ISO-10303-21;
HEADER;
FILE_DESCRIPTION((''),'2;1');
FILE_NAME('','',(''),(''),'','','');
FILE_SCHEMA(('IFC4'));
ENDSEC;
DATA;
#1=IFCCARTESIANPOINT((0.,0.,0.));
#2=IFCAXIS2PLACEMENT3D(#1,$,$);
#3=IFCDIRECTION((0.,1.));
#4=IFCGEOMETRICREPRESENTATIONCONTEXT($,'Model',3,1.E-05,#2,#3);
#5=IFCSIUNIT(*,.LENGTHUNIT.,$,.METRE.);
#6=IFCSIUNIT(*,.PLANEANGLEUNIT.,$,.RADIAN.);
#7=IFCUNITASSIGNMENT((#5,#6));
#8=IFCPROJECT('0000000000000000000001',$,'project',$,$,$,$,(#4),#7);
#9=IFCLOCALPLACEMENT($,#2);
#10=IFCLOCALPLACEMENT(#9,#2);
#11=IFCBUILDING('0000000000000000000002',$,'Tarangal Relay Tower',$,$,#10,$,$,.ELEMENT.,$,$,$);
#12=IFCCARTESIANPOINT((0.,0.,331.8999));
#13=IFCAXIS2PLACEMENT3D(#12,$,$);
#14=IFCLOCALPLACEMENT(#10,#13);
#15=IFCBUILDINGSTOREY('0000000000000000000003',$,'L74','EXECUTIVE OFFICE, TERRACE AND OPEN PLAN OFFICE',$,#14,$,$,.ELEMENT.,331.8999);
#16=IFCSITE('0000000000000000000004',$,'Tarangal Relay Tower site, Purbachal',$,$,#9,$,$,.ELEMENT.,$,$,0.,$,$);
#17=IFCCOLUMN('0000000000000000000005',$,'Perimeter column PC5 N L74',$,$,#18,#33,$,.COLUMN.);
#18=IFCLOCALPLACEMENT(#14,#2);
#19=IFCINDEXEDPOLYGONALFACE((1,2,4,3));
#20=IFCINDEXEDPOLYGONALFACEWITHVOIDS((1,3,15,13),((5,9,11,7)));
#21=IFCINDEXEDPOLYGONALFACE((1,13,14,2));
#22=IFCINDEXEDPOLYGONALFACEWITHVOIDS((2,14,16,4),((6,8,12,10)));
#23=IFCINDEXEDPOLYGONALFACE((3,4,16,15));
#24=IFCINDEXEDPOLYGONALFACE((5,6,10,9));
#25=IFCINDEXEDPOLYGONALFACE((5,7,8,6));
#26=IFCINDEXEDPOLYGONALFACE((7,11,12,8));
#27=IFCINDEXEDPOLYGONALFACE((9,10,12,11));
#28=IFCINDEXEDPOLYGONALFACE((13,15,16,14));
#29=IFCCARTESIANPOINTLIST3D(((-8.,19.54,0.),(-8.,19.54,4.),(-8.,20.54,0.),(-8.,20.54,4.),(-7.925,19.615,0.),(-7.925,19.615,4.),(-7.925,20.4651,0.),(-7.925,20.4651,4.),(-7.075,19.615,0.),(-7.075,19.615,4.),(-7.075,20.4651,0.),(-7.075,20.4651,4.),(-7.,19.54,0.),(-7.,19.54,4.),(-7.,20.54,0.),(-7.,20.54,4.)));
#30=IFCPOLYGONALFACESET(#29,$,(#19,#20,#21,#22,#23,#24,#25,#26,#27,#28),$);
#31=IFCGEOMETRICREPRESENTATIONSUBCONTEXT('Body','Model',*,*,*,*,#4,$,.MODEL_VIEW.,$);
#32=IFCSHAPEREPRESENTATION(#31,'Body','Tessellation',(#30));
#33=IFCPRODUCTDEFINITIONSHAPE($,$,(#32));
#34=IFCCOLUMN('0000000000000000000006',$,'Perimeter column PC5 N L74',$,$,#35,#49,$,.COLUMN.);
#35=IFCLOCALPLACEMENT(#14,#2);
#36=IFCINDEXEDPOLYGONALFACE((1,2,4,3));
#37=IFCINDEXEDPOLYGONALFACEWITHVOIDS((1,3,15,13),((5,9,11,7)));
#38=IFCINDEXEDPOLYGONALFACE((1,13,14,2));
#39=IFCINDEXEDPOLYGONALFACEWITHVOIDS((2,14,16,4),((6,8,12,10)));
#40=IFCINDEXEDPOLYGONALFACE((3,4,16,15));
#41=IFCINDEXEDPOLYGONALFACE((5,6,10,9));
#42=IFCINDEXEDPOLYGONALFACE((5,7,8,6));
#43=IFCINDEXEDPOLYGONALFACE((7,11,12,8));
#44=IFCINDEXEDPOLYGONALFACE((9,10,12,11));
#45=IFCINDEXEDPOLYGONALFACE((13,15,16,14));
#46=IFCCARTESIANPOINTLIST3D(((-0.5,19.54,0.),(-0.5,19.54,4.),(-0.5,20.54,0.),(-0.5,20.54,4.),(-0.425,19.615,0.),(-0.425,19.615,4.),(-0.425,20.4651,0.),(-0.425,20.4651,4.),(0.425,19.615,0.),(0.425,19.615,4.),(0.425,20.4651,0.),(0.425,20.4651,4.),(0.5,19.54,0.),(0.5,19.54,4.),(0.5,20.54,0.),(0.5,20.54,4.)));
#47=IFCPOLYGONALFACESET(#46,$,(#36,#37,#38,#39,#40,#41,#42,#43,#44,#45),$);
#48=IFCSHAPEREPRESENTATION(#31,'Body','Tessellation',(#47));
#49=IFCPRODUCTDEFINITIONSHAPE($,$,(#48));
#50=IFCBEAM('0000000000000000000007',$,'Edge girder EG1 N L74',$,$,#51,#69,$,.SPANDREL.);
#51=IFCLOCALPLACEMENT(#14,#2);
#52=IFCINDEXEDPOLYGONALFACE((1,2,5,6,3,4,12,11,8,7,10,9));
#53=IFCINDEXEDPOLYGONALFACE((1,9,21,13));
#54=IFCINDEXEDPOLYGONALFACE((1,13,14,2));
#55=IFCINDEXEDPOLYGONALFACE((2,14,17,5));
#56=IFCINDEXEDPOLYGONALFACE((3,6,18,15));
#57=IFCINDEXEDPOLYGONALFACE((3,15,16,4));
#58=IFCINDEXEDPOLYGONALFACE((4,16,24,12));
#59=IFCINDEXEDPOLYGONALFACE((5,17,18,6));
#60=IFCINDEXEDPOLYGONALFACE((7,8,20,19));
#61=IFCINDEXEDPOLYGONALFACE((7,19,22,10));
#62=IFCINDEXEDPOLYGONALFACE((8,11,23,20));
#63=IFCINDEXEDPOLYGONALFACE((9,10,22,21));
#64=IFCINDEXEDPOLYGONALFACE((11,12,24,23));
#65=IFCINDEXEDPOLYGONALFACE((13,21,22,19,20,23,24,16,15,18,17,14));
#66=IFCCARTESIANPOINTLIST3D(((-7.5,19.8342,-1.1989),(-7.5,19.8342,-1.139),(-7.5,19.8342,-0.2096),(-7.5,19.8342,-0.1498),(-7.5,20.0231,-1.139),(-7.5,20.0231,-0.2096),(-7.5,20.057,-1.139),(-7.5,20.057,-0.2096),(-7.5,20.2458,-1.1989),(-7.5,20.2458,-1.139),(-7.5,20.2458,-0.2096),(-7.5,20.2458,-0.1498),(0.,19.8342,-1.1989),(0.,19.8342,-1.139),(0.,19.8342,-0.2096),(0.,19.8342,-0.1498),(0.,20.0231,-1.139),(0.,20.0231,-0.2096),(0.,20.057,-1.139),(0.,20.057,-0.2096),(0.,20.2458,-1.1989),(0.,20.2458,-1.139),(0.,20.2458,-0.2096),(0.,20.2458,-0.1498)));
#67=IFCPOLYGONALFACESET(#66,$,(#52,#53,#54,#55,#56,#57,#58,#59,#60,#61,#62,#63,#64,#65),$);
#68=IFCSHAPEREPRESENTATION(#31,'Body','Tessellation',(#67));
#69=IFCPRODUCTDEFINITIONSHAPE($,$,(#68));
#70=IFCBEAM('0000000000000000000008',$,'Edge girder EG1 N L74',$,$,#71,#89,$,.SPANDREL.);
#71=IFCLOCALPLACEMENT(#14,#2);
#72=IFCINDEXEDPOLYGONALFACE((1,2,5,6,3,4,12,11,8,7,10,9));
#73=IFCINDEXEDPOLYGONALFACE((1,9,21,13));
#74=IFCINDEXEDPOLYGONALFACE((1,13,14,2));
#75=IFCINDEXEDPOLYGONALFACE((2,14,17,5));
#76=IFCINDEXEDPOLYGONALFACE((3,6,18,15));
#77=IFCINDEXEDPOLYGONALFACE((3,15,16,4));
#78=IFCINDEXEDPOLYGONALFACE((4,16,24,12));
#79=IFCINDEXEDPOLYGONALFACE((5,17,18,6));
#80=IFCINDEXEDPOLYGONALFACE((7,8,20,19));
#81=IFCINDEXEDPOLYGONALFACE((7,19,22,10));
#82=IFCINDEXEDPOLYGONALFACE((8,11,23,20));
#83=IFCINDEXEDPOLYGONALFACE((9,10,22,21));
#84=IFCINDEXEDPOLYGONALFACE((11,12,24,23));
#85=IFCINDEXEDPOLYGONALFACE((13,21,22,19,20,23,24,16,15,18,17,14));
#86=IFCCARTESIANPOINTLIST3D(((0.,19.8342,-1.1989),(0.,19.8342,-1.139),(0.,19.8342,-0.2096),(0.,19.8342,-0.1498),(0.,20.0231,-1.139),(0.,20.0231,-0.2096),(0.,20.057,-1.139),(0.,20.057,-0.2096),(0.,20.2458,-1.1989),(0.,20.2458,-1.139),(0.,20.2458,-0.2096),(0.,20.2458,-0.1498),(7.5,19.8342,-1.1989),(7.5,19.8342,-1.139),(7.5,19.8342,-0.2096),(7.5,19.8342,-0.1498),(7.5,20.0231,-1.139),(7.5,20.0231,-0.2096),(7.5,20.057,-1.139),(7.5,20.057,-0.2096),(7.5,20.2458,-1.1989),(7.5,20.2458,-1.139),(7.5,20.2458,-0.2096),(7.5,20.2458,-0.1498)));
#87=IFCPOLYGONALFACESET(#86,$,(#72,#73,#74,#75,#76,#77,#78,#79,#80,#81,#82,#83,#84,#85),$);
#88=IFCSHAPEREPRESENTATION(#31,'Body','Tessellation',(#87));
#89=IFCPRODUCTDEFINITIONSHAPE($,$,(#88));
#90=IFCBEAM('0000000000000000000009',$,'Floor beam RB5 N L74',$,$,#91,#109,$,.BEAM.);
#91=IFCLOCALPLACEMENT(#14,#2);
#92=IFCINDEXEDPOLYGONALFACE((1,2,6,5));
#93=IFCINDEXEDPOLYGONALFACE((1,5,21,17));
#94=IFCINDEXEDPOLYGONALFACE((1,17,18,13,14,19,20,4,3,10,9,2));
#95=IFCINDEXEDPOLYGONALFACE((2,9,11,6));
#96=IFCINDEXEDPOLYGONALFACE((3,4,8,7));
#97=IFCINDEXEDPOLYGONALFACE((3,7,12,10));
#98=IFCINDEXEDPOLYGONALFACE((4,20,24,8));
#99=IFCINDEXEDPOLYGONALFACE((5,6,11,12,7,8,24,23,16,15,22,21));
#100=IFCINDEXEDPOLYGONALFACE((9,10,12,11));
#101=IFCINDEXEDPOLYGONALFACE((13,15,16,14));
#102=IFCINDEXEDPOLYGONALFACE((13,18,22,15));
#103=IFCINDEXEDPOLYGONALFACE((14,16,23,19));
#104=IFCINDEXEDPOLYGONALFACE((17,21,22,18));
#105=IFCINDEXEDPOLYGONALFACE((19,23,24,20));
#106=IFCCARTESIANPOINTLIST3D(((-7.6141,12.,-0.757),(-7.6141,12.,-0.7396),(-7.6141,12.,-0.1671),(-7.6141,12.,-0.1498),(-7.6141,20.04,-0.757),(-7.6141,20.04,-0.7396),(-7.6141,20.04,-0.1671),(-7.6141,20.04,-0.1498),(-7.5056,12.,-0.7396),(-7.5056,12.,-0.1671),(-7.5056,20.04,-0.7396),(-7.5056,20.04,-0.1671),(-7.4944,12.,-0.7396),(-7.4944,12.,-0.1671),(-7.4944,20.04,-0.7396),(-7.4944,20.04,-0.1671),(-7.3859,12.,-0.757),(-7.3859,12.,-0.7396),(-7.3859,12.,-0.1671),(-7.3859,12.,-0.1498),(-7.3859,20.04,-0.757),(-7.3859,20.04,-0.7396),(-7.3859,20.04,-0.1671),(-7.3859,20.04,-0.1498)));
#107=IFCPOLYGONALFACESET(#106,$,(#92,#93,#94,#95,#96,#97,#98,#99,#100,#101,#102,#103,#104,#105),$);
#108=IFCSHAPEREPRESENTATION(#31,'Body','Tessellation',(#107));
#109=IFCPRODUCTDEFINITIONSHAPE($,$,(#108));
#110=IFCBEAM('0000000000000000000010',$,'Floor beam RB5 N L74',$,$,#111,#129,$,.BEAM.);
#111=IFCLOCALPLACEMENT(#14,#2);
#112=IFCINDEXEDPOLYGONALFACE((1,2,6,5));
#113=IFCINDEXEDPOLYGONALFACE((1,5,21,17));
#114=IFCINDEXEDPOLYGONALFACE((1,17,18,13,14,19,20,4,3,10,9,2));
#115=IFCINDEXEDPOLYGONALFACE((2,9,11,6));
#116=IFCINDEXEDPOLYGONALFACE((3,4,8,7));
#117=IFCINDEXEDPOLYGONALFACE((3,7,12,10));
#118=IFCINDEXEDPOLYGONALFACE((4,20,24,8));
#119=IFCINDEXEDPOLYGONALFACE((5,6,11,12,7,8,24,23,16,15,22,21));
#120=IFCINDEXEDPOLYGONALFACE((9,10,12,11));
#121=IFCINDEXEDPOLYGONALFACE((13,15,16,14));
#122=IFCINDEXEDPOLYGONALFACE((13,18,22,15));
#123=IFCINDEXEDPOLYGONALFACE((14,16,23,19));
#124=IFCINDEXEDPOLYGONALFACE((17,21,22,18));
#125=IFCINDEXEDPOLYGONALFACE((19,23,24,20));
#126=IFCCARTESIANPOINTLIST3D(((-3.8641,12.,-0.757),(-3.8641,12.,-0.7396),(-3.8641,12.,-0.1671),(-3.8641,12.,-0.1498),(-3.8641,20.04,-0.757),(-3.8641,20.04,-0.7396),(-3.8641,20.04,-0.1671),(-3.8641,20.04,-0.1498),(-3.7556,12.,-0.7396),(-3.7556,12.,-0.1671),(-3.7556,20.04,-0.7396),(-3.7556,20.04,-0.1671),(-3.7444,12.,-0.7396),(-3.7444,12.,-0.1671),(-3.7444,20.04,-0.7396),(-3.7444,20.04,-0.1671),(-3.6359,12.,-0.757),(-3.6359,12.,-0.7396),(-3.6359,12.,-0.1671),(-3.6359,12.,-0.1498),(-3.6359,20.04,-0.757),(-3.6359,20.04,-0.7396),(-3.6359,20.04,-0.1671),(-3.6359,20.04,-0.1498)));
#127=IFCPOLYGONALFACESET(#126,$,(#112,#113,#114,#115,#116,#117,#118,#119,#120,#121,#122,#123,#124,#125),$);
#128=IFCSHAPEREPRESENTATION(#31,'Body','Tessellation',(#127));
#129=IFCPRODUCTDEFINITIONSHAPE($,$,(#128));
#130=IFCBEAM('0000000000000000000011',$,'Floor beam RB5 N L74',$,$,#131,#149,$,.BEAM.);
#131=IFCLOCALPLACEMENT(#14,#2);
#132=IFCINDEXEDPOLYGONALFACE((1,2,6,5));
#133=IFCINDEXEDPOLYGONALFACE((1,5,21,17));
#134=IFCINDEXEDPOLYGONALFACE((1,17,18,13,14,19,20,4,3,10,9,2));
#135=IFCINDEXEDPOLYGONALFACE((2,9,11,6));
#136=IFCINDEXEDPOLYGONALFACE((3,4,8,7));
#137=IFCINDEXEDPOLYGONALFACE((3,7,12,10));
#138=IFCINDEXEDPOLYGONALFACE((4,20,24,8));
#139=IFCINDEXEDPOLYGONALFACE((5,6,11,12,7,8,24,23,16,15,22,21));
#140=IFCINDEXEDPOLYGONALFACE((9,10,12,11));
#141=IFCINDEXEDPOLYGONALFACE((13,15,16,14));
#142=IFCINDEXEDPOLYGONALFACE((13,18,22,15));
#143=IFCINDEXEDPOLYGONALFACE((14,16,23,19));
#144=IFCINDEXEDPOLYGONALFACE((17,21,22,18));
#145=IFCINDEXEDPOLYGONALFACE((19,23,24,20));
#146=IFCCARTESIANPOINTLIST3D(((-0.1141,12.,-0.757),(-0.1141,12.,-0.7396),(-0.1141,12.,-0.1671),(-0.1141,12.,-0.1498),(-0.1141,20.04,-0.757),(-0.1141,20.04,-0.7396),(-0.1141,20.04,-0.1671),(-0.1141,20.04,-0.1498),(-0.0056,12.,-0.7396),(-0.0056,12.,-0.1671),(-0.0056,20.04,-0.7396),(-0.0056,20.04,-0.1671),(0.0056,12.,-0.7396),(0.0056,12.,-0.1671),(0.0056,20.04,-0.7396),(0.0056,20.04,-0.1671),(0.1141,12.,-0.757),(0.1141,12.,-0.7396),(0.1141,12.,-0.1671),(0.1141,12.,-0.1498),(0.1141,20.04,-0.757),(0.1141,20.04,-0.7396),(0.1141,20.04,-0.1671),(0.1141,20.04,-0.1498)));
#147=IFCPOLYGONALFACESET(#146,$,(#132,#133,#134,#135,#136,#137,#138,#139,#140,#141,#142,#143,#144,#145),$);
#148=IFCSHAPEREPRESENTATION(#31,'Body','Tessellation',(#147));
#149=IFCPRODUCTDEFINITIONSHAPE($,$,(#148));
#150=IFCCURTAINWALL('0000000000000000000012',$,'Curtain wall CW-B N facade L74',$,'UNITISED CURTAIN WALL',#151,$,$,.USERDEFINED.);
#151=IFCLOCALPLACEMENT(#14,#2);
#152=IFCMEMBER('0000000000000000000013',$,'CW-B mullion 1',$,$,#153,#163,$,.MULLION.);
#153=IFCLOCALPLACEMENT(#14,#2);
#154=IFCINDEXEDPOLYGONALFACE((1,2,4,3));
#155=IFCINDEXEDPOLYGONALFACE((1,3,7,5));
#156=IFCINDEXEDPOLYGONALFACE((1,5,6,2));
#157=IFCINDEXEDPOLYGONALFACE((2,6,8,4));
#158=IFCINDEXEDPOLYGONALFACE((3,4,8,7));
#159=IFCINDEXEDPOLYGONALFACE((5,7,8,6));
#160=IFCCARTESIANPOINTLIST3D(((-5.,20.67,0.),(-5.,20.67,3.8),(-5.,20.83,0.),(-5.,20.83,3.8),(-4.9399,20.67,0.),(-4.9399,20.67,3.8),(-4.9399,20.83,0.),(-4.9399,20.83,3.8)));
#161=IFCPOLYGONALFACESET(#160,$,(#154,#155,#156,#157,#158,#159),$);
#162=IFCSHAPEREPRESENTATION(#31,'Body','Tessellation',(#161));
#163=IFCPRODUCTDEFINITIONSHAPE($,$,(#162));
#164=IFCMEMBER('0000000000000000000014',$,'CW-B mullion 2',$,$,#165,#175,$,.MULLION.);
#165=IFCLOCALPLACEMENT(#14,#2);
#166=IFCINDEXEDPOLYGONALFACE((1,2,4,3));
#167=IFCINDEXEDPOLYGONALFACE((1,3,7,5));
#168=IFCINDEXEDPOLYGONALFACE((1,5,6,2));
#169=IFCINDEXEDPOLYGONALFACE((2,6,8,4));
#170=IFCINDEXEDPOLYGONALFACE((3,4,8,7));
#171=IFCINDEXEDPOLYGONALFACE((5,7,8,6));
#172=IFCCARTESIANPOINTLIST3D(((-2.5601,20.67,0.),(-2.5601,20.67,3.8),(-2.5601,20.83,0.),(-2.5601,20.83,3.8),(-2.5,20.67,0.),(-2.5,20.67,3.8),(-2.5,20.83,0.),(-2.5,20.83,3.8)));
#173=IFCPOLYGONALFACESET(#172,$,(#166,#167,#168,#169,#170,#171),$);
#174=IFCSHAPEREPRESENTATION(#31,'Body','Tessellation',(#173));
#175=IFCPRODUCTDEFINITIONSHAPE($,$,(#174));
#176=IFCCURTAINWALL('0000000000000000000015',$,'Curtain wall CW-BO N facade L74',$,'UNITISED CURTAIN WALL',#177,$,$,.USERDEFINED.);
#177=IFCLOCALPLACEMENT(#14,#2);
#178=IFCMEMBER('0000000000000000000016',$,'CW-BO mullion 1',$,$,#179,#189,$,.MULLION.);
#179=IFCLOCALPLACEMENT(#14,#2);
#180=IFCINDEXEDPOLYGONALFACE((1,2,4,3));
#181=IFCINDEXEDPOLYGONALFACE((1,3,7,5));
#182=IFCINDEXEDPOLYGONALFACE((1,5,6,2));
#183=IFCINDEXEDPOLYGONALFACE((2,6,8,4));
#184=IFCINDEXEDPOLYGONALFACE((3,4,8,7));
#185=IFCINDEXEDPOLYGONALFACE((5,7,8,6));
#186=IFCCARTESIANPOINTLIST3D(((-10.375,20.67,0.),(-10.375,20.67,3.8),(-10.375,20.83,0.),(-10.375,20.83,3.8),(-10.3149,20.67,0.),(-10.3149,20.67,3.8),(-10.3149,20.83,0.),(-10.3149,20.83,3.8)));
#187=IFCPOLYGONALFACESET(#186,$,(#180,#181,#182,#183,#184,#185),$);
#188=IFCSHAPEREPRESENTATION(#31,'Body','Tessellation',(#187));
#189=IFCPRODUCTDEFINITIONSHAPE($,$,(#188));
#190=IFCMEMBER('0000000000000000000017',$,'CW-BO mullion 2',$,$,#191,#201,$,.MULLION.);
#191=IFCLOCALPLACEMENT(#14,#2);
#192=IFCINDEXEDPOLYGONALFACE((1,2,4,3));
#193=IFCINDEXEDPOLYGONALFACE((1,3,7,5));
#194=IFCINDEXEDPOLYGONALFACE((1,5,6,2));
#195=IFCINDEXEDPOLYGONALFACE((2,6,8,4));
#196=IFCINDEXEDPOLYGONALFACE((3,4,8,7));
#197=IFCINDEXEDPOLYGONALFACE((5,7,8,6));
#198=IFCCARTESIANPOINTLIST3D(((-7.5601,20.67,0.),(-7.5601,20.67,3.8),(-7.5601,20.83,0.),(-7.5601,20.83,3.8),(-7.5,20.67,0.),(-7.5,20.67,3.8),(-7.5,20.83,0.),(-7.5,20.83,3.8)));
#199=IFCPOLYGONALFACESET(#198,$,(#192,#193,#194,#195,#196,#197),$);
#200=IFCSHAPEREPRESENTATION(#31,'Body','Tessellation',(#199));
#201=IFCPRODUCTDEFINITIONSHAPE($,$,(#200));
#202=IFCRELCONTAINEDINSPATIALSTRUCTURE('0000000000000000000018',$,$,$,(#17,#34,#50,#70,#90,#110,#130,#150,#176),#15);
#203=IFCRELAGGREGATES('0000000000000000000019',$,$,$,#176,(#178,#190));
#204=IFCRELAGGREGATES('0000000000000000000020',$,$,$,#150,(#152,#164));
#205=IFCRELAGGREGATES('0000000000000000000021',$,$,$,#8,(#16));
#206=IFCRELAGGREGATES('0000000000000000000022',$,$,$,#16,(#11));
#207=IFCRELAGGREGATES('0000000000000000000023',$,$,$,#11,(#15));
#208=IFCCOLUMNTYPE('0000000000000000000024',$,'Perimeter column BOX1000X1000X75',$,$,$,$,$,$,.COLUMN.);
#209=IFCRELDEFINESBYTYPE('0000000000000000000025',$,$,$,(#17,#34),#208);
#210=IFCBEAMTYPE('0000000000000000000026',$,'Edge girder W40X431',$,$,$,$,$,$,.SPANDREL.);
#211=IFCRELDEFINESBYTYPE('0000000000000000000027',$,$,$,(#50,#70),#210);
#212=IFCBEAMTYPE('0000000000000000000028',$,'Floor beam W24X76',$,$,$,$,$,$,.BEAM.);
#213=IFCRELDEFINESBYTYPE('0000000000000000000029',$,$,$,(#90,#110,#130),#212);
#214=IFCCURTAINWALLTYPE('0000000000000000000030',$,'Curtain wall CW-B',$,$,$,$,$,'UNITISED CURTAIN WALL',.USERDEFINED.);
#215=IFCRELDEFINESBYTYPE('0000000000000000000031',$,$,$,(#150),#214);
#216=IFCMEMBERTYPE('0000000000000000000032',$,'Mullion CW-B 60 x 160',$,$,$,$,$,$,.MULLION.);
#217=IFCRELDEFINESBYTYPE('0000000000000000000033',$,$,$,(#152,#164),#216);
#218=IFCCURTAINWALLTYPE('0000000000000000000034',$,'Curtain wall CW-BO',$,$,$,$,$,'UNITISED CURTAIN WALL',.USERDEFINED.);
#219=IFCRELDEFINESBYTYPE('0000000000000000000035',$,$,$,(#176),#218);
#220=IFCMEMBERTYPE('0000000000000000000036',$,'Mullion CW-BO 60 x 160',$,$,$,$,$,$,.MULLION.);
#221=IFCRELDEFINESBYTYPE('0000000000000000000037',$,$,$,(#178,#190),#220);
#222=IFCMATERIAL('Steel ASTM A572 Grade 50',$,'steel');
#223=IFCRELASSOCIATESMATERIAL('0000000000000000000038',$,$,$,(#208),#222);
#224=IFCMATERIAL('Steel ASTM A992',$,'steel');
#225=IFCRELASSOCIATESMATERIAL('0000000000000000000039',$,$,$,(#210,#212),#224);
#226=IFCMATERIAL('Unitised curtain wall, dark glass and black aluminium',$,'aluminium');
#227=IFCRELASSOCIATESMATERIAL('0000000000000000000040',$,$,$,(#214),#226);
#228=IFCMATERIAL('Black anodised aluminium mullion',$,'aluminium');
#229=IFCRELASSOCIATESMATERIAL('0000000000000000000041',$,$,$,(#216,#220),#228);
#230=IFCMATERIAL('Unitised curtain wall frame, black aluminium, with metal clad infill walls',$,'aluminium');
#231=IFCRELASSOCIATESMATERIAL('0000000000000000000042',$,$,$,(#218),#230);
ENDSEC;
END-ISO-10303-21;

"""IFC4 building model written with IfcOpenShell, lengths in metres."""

from ifc_helpers import new_model, si_unit, direction, frame, origin, origin_2d, place, context, subcontext, project, spatial, rectangle, hollow_rectangle, i_section, extrude, material, material_profile, profile_set, type_object, element, aggregate, save


model = new_model("IFC4")

# Units and contexts
model_context = context("Model", 3, precision=1e-05, world=origin(), true_north=direction((0.0, 1.0)))
body_context = subcontext(model_context, "Body", "Model", "MODEL_VIEW")
ifc_project = project(units=[si_unit("LENGTHUNIT", "METRE"), si_unit("PLANEANGLEUNIT", "RADIAN")], contexts=[model_context])

# Site, building, storey
site_placement = place(None, origin())
site = spatial("IfcSite", under=ifc_project, at=site_placement, Name="Tarangal Relay Tower site, Purbachal", CompositionType="ELEMENT", RefElevation=0.0)
building_placement = place(site_placement, origin())
building = spatial("IfcBuilding", under=site, at=building_placement, Name="Tarangal Relay Tower", CompositionType="ELEMENT")
storey_placement = place(building_placement, frame((0.0, 0.0, 331.8999)))
storey = spatial("IfcBuildingStorey", under=building, at=storey_placement, Name="L74", Description="EXECUTIVE OFFICE, TERRACE AND OPEN PLAN OFFICE", CompositionType="ELEMENT", Elevation=331.8999)

# Columns
ifc_material_1 = material(Name="Steel ASTM A572 Grade 50", Category="steel")
ifc_material_profile_1 = material_profile(ifc_material_1, hollow_rectangle(XDim=1.0, YDim=1.0, WallThickness=0.075, at=origin_2d()), Name="BOX1000X1000X75")
ifc_profile_set_1 = profile_set([ifc_material_profile_1], Name="Steel ASTM A572 Grade 50")
column_type = type_object("IfcColumnType", Name="Perimeter column BOX1000X1000X75", PredefinedType="COLUMN", material=ifc_profile_set_1)
for number, where, z_axis, x_axis, name in (
    (1, (-7.5, 20.04, 0.0), (0.0, 0.0, 1.0), (1.0, 0.0, 0.0), "Perimeter column PC5 N L74"),
    (2, (0.0, 20.04, 0.0), (0.0, 0.0, 1.0), (1.0, 0.0, 0.0), "Perimeter column PC5 N L74"),
):
    element("IfcColumn", number, at=place(storey_placement, frame(where, z_axis=z_axis, x_axis=x_axis)), inside=storey, type_object=column_type, Name=name, PredefinedType="COLUMN", context=body_context, shape_type="SweptSolid", body=[
        extrude(hollow_rectangle(XDim=1.0, YDim=1.0, WallThickness=0.075, at=origin_2d()), origin(), (0.0, 0.0, 1.0), 4.0),
    ])

# Beams
ifc_material_2 = material(Name="Steel ASTM A992", Category="steel")
ifc_material_profile_2 = material_profile(ifc_material_2, i_section(OverallWidth=0.4116, OverallDepth=1.0491, WebThickness=0.0339, FlangeThickness=0.0598, at=origin_2d()), Name="W40X431")
ifc_profile_set_2 = profile_set([ifc_material_profile_2], Name="Steel ASTM A992")
beam_type_1 = type_object("IfcBeamType", Name="Edge girder W40X431", PredefinedType="SPANDREL", material=ifc_profile_set_2)
for number, where, z_axis, x_axis, name in (
    (3, (-7.5, 20.04, -0.6743), (1.0, 0.0, 0.0), (0.0, 1.0, 0.0), "Edge girder EG1 N L74"),
    (4, (0.0, 20.04, -0.6743), (1.0, 0.0, 0.0), (0.0, 1.0, 0.0), "Edge girder EG1 N L74"),
):
    element("IfcBeam", number, at=place(storey_placement, frame(where, z_axis=z_axis, x_axis=x_axis)), inside=storey, type_object=beam_type_1, Name=name, PredefinedType="SPANDREL", context=body_context, shape_type="SweptSolid", body=[
        extrude(i_section(OverallWidth=0.4116, OverallDepth=1.0491, WebThickness=0.0339, FlangeThickness=0.0598, at=origin_2d()), origin(), (0.0, 0.0, 1.0), 7.5),
    ])
ifc_material_profile_3 = material_profile(ifc_material_2, i_section(OverallWidth=0.2283, OverallDepth=0.6072, WebThickness=0.0112, FlangeThickness=0.0173, at=origin_2d()), Name="W24X76")
ifc_profile_set_3 = profile_set([ifc_material_profile_3], Name="Steel ASTM A992")
beam_type_2 = type_object("IfcBeamType", Name="Floor beam W24X76", PredefinedType="BEAM", material=ifc_profile_set_3)
for number, where, z_axis, x_axis, name in (
    (5, (-7.5, 12.0, -0.4534), (0.0, 1.0, 0.0), (-1.0, 0.0, 0.0), "Floor beam RB5 N L74"),
    (6, (-3.75, 12.0, -0.4534), (0.0, 1.0, 0.0), (-1.0, 0.0, 0.0), "Floor beam RB5 N L74"),
    (7, (0.0, 12.0, -0.4534), (0.0, 1.0, 0.0), (-1.0, 0.0, 0.0), "Floor beam RB5 N L74"),
):
    element("IfcBeam", number, at=place(storey_placement, frame(where, z_axis=z_axis, x_axis=x_axis)), inside=storey, type_object=beam_type_2, Name=name, PredefinedType="BEAM", context=body_context, shape_type="SweptSolid", body=[
        extrude(i_section(OverallWidth=0.2283, OverallDepth=0.6072, WebThickness=0.0112, FlangeThickness=0.0173, at=origin_2d()), origin(), (0.0, 0.0, 1.0), 8.04),
    ])

# Curtain walls, members
ifc_material_3 = material(Name="Unitised curtain wall, dark glass and black aluminium", Category="aluminium")
curtain_wall_type_1 = type_object("IfcCurtainWallType", Name="Curtain wall CW-B", ElementType="UNITISED CURTAIN WALL", PredefinedType="USERDEFINED", material=ifc_material_3)
curtain_wall_1_placement = place(storey_placement, origin())
curtain_wall_1 = element("IfcCurtainWall", 8, at=curtain_wall_1_placement, inside=storey, type_object=curtain_wall_type_1, Name="Curtain wall CW-B N facade L74", ObjectType="UNITISED CURTAIN WALL", PredefinedType="USERDEFINED")
ifc_material_4 = material(Name="Black anodised aluminium mullion", Category="aluminium")
ifc_material_profile_4 = material_profile(ifc_material_4, rectangle(XDim=0.1599, YDim=0.0601, at=origin_2d()), Name="CW-BM 60X160")
ifc_profile_set_4 = profile_set([ifc_material_profile_4], Name="Black anodised aluminium mullion")
member_type_1 = type_object("IfcMemberType", Name="Mullion CW-B 60 x 160", PredefinedType="MULLION", material=ifc_profile_set_4)
member_1_placement = place(storey_placement, frame((-4.97, 20.75, 0.0), z_axis=(0.0, 0.0, 1.0), x_axis=(0.0, 1.0, 0.0)))
member_1 = element("IfcMember", 9, at=member_1_placement, type_object=member_type_1, Name="CW-B mullion 1", PredefinedType="MULLION", context=body_context, shape_type="SweptSolid", body=[
    extrude(rectangle(XDim=0.1599, YDim=0.0601, at=origin_2d()), origin(), (0.0, 0.0, 1.0), 3.8),
])
member_2_placement = place(storey_placement, frame((-2.53, 20.75, 0.0), z_axis=(0.0, 0.0, 1.0), x_axis=(0.0, 1.0, 0.0)))
member_2 = element("IfcMember", 10, at=member_2_placement, type_object=member_type_1, Name="CW-B mullion 2", PredefinedType="MULLION", context=body_context, shape_type="SweptSolid", body=[
    extrude(rectangle(XDim=0.1599, YDim=0.0601, at=origin_2d()), origin(), (0.0, 0.0, 1.0), 3.8),
])
ifc_material_5 = material(Name="Unitised curtain wall frame, black aluminium, with metal clad infill walls", Category="aluminium")
curtain_wall_type_2 = type_object("IfcCurtainWallType", Name="Curtain wall CW-BO", ElementType="UNITISED CURTAIN WALL", PredefinedType="USERDEFINED", material=ifc_material_5)
curtain_wall_2_placement = place(storey_placement, origin())
curtain_wall_2 = element("IfcCurtainWall", 11, at=curtain_wall_2_placement, inside=storey, type_object=curtain_wall_type_2, Name="Curtain wall CW-BO N facade L74", ObjectType="UNITISED CURTAIN WALL", PredefinedType="USERDEFINED")
ifc_material_profile_5 = material_profile(ifc_material_4, rectangle(XDim=0.1599, YDim=0.0601, at=origin_2d()), Name="CW-BOM 60X160")
ifc_profile_set_5 = profile_set([ifc_material_profile_5], Name="Black anodised aluminium mullion")
member_type_2 = type_object("IfcMemberType", Name="Mullion CW-BO 60 x 160", PredefinedType="MULLION", material=ifc_profile_set_5)
member_3_placement = place(storey_placement, frame((-10.345, 20.75, 0.0), z_axis=(0.0, 0.0, 1.0), x_axis=(0.0, 1.0, 0.0)))
member_3 = element("IfcMember", 12, at=member_3_placement, type_object=member_type_2, Name="CW-BO mullion 1", PredefinedType="MULLION", context=body_context, shape_type="SweptSolid", body=[
    extrude(rectangle(XDim=0.1599, YDim=0.0601, at=origin_2d()), origin(), (0.0, 0.0, 1.0), 3.8),
])
member_4_placement = place(storey_placement, frame((-7.53, 20.75, 0.0), z_axis=(0.0, 0.0, 1.0), x_axis=(0.0, 1.0, 0.0)))
member_4 = element("IfcMember", 13, at=member_4_placement, type_object=member_type_2, Name="CW-BO mullion 2", PredefinedType="MULLION", context=body_context, shape_type="SweptSolid", body=[
    extrude(rectangle(XDim=0.1599, YDim=0.0601, at=origin_2d()), origin(), (0.0, 0.0, 1.0), 3.8),
])

aggregate(curtain_wall_2, [member_3, member_4])

aggregate(curtain_wall_1, [member_1, member_2])

save(model, "model.ifc")
